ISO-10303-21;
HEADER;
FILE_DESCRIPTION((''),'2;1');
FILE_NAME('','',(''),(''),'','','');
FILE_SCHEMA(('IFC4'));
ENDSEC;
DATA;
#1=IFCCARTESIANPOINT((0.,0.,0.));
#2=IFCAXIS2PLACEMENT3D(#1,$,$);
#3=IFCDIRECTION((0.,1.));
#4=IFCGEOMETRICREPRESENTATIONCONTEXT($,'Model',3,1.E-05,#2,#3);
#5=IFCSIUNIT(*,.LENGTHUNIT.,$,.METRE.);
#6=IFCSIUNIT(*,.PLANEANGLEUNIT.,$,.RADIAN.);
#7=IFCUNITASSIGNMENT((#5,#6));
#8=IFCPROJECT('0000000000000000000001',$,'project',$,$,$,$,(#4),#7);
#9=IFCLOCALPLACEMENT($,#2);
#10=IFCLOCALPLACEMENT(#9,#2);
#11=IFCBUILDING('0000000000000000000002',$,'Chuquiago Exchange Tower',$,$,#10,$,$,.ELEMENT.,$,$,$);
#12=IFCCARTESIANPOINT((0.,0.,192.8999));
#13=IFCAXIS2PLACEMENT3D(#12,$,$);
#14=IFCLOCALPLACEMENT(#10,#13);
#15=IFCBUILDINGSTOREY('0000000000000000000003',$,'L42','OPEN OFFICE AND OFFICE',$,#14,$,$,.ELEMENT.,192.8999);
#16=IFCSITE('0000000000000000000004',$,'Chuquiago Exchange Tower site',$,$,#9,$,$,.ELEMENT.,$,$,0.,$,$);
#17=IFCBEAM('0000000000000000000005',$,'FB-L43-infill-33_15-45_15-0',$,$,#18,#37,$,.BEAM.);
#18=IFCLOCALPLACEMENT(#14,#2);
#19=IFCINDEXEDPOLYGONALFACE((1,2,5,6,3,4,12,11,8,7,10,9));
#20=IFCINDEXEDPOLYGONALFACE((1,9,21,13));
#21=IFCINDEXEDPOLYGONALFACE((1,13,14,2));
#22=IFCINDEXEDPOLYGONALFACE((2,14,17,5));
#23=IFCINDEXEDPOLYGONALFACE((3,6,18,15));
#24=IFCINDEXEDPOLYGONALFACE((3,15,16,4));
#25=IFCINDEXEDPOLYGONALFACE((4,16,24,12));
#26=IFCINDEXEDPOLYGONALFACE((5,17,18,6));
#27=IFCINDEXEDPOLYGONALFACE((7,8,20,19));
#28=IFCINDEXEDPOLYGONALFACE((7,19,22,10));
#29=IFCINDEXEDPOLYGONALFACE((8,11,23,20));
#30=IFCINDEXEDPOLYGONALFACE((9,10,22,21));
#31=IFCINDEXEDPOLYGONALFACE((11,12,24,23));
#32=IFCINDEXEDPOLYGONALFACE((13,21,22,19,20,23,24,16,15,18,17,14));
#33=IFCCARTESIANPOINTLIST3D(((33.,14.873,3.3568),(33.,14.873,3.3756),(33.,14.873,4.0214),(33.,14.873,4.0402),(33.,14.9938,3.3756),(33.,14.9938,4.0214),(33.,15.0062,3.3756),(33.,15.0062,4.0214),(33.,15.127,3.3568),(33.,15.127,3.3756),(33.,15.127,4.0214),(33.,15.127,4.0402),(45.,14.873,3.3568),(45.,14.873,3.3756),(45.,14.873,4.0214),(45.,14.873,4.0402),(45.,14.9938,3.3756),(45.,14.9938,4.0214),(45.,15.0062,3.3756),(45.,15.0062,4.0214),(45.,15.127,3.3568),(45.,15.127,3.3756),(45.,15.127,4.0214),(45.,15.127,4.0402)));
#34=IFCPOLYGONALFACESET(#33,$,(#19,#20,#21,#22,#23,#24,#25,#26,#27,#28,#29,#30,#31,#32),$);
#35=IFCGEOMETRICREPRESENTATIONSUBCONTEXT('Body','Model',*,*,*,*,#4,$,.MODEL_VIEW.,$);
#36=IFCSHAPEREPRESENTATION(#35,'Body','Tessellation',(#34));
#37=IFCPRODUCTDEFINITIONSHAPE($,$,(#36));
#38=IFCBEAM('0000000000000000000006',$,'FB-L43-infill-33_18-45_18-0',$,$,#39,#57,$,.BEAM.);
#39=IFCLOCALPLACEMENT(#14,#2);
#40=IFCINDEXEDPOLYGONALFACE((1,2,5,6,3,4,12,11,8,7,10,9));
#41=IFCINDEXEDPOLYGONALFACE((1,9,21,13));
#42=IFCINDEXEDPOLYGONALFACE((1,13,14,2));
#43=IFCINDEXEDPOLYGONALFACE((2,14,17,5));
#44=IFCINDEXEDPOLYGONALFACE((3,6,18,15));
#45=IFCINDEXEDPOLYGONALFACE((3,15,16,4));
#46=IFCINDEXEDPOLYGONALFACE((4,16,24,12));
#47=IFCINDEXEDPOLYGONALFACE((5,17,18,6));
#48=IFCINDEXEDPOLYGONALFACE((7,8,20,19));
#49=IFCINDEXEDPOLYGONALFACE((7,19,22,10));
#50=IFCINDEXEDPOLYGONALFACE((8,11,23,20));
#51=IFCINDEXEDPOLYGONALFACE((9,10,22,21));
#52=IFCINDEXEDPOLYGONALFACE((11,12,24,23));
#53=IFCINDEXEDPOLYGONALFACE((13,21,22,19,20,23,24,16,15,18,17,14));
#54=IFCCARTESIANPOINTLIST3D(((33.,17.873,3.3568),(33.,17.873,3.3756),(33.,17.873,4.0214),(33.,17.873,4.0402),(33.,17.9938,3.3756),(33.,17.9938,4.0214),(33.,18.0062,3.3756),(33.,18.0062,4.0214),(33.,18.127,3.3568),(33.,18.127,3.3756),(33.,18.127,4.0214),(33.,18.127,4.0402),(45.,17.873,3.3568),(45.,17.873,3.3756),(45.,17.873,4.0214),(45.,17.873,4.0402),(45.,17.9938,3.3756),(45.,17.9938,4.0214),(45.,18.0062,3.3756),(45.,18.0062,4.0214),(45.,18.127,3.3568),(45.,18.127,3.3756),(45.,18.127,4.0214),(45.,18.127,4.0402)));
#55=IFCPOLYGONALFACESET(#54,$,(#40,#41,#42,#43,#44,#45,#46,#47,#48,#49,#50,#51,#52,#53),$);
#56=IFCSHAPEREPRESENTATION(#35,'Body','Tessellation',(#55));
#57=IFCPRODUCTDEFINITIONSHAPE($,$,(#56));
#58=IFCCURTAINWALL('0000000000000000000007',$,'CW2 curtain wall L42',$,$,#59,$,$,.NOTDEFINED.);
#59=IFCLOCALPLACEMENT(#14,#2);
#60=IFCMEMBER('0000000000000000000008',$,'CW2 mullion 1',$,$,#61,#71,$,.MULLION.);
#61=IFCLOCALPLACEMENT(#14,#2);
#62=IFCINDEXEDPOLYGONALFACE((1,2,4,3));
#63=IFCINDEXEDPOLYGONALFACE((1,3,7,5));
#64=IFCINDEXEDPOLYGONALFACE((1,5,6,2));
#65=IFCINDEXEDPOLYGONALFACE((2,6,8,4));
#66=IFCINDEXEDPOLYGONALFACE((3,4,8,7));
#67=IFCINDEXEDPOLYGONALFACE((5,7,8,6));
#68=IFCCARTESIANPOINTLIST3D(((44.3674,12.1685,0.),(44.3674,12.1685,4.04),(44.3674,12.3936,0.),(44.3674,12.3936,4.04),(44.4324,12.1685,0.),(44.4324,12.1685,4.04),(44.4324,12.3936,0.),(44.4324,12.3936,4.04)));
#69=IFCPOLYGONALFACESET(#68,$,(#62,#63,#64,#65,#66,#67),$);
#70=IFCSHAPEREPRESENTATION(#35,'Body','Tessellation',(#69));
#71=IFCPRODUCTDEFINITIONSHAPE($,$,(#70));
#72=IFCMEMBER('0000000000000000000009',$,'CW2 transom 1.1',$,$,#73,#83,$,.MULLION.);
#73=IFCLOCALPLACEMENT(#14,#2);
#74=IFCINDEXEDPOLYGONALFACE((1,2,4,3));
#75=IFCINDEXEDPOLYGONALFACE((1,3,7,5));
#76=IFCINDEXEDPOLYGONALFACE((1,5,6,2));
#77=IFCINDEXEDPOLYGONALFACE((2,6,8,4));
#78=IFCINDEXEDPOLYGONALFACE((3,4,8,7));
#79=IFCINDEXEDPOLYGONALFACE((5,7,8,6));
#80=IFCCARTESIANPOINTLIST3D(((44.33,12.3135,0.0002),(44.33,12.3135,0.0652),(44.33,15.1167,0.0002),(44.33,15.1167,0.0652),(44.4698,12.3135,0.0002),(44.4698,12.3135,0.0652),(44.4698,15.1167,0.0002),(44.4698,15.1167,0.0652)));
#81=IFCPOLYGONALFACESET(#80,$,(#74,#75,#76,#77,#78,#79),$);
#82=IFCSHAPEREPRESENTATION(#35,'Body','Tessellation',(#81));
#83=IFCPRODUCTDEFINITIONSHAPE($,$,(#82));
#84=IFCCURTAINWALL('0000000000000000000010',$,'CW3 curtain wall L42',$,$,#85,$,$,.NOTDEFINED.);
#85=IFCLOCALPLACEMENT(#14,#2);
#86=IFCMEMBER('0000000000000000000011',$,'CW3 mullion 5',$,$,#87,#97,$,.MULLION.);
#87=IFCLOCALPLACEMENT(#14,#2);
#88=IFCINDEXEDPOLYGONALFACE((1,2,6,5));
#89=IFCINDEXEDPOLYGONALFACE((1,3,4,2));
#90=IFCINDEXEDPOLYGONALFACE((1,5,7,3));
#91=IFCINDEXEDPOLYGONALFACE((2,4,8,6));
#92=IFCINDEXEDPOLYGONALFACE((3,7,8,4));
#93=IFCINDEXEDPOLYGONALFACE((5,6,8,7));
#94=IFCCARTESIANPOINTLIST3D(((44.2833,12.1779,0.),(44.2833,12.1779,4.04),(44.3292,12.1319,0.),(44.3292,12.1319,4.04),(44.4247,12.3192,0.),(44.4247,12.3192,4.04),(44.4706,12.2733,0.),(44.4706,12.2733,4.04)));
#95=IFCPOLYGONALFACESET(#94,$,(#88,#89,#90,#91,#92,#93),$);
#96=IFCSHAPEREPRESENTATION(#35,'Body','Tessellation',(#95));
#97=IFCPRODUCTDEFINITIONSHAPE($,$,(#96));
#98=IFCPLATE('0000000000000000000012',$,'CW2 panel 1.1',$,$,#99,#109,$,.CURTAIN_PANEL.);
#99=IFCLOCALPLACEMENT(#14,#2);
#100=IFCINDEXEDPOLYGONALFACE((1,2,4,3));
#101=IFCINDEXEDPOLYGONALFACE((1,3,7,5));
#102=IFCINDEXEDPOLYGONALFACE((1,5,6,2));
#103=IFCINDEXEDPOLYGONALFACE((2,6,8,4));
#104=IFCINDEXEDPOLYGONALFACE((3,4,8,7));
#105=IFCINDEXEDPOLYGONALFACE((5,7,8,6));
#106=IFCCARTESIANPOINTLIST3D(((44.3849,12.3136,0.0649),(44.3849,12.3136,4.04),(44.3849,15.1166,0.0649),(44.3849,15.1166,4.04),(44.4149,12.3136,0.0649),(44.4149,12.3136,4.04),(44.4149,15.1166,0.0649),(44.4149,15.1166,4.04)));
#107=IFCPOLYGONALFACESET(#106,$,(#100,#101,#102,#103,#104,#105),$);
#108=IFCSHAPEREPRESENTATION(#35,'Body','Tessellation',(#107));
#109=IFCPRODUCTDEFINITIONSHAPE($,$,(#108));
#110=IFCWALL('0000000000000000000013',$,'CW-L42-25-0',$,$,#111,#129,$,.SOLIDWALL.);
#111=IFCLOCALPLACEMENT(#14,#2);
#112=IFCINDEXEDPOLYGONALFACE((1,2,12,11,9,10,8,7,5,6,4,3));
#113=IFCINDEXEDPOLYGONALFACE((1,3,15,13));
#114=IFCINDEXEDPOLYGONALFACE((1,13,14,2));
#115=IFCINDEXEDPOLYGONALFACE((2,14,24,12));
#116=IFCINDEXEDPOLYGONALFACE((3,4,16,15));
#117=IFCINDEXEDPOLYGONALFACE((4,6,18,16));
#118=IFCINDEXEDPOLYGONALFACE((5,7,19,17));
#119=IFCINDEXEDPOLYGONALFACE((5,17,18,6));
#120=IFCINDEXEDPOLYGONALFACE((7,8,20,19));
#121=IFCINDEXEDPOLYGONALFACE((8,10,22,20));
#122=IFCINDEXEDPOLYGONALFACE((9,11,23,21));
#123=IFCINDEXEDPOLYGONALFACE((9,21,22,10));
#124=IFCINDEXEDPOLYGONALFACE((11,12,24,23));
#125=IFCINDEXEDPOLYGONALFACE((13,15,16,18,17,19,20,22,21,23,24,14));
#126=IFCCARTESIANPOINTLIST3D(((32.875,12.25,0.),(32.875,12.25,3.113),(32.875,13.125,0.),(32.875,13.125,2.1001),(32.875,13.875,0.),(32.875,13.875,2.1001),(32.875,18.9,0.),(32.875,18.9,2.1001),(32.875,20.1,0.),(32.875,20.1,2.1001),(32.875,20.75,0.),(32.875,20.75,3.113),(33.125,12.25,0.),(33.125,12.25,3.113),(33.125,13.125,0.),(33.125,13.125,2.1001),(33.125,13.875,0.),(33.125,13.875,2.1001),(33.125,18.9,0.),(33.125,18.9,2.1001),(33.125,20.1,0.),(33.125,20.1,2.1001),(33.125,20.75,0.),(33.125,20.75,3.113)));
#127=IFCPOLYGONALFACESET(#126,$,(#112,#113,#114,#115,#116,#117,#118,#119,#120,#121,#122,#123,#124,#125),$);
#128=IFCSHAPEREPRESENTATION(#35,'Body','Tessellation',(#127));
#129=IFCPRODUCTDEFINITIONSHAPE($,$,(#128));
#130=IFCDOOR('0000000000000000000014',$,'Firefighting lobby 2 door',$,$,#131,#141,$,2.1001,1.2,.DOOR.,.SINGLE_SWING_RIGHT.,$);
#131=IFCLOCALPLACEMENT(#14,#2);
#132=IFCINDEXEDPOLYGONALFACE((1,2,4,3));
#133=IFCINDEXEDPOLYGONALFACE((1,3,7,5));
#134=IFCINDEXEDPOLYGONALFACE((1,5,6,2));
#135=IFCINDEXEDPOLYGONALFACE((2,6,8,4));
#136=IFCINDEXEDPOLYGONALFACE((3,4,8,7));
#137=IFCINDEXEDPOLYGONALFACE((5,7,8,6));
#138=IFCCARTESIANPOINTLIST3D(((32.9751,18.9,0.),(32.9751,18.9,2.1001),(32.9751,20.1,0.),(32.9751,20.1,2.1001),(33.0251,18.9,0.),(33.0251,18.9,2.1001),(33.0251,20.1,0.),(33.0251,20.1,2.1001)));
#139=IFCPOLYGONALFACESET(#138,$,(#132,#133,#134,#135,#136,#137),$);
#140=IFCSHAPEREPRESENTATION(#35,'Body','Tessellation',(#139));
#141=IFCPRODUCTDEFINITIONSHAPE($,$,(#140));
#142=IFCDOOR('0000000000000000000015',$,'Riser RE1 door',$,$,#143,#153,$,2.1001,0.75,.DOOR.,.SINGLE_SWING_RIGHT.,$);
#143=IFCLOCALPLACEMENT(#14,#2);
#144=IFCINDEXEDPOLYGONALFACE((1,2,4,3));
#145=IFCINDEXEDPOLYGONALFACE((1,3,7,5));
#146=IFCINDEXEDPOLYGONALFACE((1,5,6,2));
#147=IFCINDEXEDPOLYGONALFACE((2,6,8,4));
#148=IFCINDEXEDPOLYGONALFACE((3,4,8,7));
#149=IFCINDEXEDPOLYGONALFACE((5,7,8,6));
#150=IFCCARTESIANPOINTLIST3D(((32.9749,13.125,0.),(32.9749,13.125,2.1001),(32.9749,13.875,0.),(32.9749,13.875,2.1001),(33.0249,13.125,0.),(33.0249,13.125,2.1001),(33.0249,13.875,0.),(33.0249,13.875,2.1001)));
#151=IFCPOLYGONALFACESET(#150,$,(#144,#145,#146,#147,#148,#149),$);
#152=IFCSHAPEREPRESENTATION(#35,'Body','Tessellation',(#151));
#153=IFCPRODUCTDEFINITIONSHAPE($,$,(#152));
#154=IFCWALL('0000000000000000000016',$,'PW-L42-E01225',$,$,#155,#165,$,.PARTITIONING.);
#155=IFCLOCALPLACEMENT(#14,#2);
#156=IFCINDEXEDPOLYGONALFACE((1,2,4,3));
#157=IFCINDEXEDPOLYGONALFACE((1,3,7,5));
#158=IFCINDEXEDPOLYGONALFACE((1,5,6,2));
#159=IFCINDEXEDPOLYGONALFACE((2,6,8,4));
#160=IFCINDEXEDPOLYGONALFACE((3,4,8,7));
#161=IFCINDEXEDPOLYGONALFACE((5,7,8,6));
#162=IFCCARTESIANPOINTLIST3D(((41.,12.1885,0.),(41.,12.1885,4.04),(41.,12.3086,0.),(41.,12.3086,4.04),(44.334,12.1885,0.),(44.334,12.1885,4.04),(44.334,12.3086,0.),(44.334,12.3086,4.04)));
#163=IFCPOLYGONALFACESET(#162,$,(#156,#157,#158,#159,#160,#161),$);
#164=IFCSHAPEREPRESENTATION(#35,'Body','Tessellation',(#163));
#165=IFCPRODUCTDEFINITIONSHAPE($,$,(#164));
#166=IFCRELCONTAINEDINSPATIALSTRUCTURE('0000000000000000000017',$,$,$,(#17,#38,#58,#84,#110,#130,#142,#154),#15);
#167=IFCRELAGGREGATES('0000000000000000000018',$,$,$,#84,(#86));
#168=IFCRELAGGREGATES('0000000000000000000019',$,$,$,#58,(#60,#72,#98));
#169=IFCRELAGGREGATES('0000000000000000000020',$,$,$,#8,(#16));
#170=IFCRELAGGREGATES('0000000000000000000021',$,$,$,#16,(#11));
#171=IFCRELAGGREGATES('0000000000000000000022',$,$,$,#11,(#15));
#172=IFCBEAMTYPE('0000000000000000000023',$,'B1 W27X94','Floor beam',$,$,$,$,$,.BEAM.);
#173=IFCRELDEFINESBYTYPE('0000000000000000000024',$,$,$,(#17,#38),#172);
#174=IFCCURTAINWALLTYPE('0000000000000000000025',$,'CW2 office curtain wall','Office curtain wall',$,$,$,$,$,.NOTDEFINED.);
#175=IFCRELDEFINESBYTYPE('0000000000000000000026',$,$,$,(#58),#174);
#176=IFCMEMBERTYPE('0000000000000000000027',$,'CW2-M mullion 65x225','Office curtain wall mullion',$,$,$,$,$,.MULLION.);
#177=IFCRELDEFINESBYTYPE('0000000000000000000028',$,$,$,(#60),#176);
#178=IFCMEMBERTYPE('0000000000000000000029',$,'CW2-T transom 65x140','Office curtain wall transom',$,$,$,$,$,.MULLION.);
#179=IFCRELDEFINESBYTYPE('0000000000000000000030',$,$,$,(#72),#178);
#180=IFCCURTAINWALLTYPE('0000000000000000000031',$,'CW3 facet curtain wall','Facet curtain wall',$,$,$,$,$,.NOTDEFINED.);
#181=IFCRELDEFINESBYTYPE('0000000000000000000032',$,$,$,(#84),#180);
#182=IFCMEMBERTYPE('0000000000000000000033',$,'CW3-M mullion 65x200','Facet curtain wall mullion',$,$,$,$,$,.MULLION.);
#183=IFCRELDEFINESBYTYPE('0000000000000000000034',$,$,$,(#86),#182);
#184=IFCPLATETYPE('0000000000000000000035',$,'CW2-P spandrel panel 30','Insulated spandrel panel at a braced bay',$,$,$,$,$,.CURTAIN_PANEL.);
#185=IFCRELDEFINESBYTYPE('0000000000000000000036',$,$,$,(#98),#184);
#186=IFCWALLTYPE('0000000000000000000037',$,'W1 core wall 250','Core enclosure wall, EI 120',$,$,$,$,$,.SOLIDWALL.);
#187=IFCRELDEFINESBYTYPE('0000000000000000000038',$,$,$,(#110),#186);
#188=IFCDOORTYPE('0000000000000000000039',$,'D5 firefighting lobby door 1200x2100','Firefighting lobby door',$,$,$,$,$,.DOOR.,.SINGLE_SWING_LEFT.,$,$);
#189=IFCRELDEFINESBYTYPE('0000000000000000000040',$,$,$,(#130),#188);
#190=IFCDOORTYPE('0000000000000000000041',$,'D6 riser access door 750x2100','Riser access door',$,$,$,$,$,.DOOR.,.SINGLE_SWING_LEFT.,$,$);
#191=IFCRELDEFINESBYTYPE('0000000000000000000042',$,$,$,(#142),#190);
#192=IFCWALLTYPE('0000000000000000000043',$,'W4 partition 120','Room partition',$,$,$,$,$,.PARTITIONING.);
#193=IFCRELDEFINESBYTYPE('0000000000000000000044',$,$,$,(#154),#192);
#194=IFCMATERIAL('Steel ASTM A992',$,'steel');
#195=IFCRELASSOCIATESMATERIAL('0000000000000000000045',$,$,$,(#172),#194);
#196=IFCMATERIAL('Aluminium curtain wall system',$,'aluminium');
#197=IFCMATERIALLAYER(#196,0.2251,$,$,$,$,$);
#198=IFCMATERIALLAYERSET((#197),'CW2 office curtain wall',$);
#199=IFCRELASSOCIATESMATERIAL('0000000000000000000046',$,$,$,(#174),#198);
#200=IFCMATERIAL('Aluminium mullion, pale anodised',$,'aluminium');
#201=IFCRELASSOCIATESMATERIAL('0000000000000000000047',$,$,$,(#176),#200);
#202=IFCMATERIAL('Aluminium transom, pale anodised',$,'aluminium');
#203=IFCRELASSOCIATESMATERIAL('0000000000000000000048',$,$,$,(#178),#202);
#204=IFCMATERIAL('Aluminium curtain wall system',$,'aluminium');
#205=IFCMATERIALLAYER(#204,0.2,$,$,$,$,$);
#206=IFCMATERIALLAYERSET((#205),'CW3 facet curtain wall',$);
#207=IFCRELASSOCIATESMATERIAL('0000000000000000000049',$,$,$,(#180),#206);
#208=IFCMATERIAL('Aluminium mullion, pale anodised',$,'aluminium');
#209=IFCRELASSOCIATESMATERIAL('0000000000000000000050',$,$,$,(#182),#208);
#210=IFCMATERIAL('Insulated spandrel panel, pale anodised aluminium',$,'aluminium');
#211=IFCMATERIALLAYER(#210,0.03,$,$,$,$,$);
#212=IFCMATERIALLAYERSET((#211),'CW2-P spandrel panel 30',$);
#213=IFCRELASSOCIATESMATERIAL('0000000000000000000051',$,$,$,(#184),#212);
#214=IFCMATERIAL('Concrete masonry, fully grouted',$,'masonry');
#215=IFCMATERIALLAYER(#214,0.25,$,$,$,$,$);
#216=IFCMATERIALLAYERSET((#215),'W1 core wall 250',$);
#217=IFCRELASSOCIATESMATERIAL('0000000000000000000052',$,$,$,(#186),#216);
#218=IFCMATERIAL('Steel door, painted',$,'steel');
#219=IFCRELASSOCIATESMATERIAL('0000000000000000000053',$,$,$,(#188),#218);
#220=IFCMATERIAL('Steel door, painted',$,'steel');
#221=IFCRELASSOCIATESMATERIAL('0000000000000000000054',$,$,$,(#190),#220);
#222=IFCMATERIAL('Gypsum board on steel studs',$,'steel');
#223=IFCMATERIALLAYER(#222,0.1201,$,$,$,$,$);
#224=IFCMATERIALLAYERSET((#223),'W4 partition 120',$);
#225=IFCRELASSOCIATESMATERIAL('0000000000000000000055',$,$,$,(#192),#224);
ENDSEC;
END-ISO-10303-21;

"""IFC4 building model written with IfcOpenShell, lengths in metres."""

from ifc_helpers import new_model, si_unit, direction, frame, frame_2d, origin, origin_2d, place, context, subcontext, project, spatial, rectangle, i_section, extrude, material, layer, layer_set, material_profile, profile_set, type_object, element, fill, aggregate, save


model = new_model("IFC4")

# Units and contexts
model_context = context("Model", 3, precision=1e-05, world=origin(), true_north=direction((0.0, 1.0)))
body_context = subcontext(model_context, "Body", "Model", "MODEL_VIEW")
ifc_project = project(units=[si_unit("LENGTHUNIT", "METRE"), si_unit("PLANEANGLEUNIT", "RADIAN")], contexts=[model_context])

# Site, building, storey
site_placement = place(None, origin())
site = spatial("IfcSite", under=ifc_project, at=site_placement, Name="Chuquiago Exchange Tower site", CompositionType="ELEMENT", RefElevation=0.0)
building_placement = place(site_placement, origin())
building = spatial("IfcBuilding", under=site, at=building_placement, Name="Chuquiago Exchange Tower", CompositionType="ELEMENT")
storey_placement = place(building_placement, frame((0.0, 0.0, 192.8999)))
storey = spatial("IfcBuildingStorey", under=building, at=storey_placement, Name="L42", Description="OPEN OFFICE AND OFFICE", CompositionType="ELEMENT", Elevation=192.8999)

# Beams
ifc_material_1 = material(Name="Steel ASTM A992", Category="steel")
ifc_material_profile_1 = material_profile(ifc_material_1, i_section(OverallWidth=0.2539, OverallDepth=0.6833, WebThickness=0.0125, FlangeThickness=0.0188, at=origin_2d()), Name="W27X94")
ifc_profile_set_1 = profile_set([ifc_material_profile_1], Name="Steel ASTM A992")
beam_type = type_object("IfcBeamType", Name="B1 W27X94", Description="Floor beam", PredefinedType="BEAM", material=ifc_profile_set_1)
for number, where, z_axis, x_axis, name in (
    (1, (33.0, 15.0, 3.6985), (1.0, 0.0, 0.0), (0.0, 1.0, 0.0), "FB-L43-infill-33_15-45_15-0"),
    (2, (33.0, 18.0, 3.6985), (1.0, 0.0, 0.0), (0.0, 1.0, 0.0), "FB-L43-infill-33_18-45_18-0"),
):
    element("IfcBeam", number, at=place(storey_placement, frame(where, z_axis=z_axis, x_axis=x_axis)), inside=storey, type_object=beam_type, Name=name, PredefinedType="BEAM", context=body_context, shape_type="SweptSolid", body=[
        extrude(i_section(OverallWidth=0.2539, OverallDepth=0.6833, WebThickness=0.0125, FlangeThickness=0.0188, at=origin_2d()), origin(), (0.0, 0.0, 1.0), 12.0),
    ])

# Curtain wall, members
ifc_material_2 = material(Name="Aluminium curtain wall system", Category="aluminium")
ifc_layer_1 = layer(ifc_material_2, 0.2251)
ifc_layer_set_1 = layer_set([ifc_layer_1], Name="CW2 office curtain wall")
curtain_wall_type_1 = type_object("IfcCurtainWallType", Name="CW2 office curtain wall", Description="Office curtain wall", PredefinedType="NOTDEFINED", material=ifc_layer_set_1)
curtain_wall_1_placement = place(storey_placement, origin())
curtain_wall_1 = element("IfcCurtainWall", 3, at=curtain_wall_1_placement, inside=storey, type_object=curtain_wall_type_1, Name="CW2 curtain wall L42", PredefinedType="NOTDEFINED")
ifc_material_3 = material(Name="Aluminium mullion, pale anodised", Category="aluminium")
ifc_material_profile_2 = material_profile(ifc_material_3, rectangle(XDim=0.0649, YDim=0.2251, at=origin_2d()), Name="AL 65x225")
ifc_profile_set_2 = profile_set([ifc_material_profile_2], Name="Aluminium mullion, pale anodised")
member_type_1 = type_object("IfcMemberType", Name="CW2-M mullion 65x225", Description="Office curtain wall mullion", PredefinedType="MULLION", material=ifc_profile_set_2)
member_1_placement = place(storey_placement, frame((44.3999, 12.281, 0.0), z_axis=(0.0, 0.0, 1.0), x_axis=(-1.0, 0.0, 0.0)))
member_1 = element("IfcMember", 4, at=member_1_placement, type_object=member_type_1, Name="CW2 mullion 1", PredefinedType="MULLION", context=body_context, shape_type="SweptSolid", body=[
    extrude(rectangle(XDim=0.0649, YDim=0.2251, at=origin_2d()), origin(), (0.0, 0.0, 1.0), 4.04),
])
ifc_material_4 = material(Name="Aluminium transom, pale anodised", Category="aluminium")
ifc_material_profile_3 = material_profile(ifc_material_4, rectangle(XDim=0.1399, YDim=0.0649, at=origin_2d()), Name="AL 140x65")
ifc_profile_set_3 = profile_set([ifc_material_profile_3], Name="Aluminium transom, pale anodised")
member_type_2 = type_object("IfcMemberType", Name="CW2-T transom 65x140", Description="Office curtain wall transom", PredefinedType="MULLION", material=ifc_profile_set_3)
member_2_placement = place(storey_placement, frame((44.3999, 12.3135, 0.0327), z_axis=(0.0, 1.0, 0.0), x_axis=(-1.0, 0.0, 0.0)))
member_2 = element("IfcMember", 5, at=member_2_placement, type_object=member_type_2, Name="CW2 transom 1.1", PredefinedType="MULLION", context=body_context, shape_type="SweptSolid", body=[
    extrude(rectangle(XDim=0.1399, YDim=0.0649, at=origin_2d()), origin(), (0.0, 0.0, 1.0), 2.8032),
])

# Curtain wall, member
ifc_material_5 = material(Name="Aluminium curtain wall system", Category="aluminium")
ifc_layer_2 = layer(ifc_material_5, 0.2)
ifc_layer_set_2 = layer_set([ifc_layer_2], Name="CW3 facet curtain wall")
curtain_wall_type_2 = type_object("IfcCurtainWallType", Name="CW3 facet curtain wall", Description="Facet curtain wall", PredefinedType="NOTDEFINED", material=ifc_layer_set_2)
curtain_wall_2_placement = place(storey_placement, origin())
curtain_wall_2 = element("IfcCurtainWall", 6, at=curtain_wall_2_placement, inside=storey, type_object=curtain_wall_type_2, Name="CW3 curtain wall L42", PredefinedType="NOTDEFINED")
ifc_material_6 = material(Name="Aluminium mullion, pale anodised", Category="aluminium")
ifc_material_profile_4 = material_profile(ifc_material_6, rectangle(XDim=0.0649, YDim=0.2, at=origin_2d()), Name="AL 65x200")
ifc_profile_set_4 = profile_set([ifc_material_profile_4], Name="Aluminium mullion, pale anodised")
member_type_3 = type_object("IfcMemberType", Name="CW3-M mullion 65x200", Description="Facet curtain wall mullion", PredefinedType="MULLION", material=ifc_profile_set_4)
member_3_placement = place(storey_placement, frame((44.377, 12.2256, 0.0), z_axis=(0.0, 0.0, 1.0), x_axis=(-0.707107, 0.707107, 0.0)))
member_3 = element("IfcMember", 7, at=member_3_placement, type_object=member_type_3, Name="CW3 mullion 5", PredefinedType="MULLION", context=body_context, shape_type="SweptSolid", body=[
    extrude(rectangle(XDim=0.0649, YDim=0.2, at=origin_2d()), origin(), (0.0, 0.0, 1.0), 4.04),
])
aggregate(curtain_wall_2, [member_3])

# Plate
ifc_material_7 = material(Name="Insulated spandrel panel, pale anodised aluminium", Category="aluminium")
ifc_layer_3 = layer(ifc_material_7, 0.03)
ifc_layer_set_3 = layer_set([ifc_layer_3], Name="CW2-P spandrel panel 30")
plate_type = type_object("IfcPlateType", Name="CW2-P spandrel panel 30", Description="Insulated spandrel panel at a braced bay", PredefinedType="CURTAIN_PANEL", material=ifc_layer_set_3)
plate_placement = place(storey_placement, frame((44.3999, 13.7151, 0.0649), z_axis=(0.0, 0.0, 1.0), x_axis=(0.0, 1.0, 0.0)))
plate = element("IfcPlate", 8, at=plate_placement, type_object=plate_type, Name="CW2 panel 1.1", PredefinedType="CURTAIN_PANEL", context=body_context, shape_type="SweptSolid", body=[
    extrude(rectangle(XDim=2.803, YDim=0.03, at=origin_2d()), origin(), (0.0, 0.0, 1.0), 3.9751),
])
aggregate(curtain_wall_1, [member_1, member_2, plate])

# Wall, openings, doors
ifc_material_8 = material(Name="Concrete masonry, fully grouted", Category="masonry")
ifc_layer_4 = layer(ifc_material_8, 0.25)
ifc_layer_set_4 = layer_set([ifc_layer_4], Name="W1 core wall 250")
wall_type_1 = type_object("IfcWallType", Name="W1 core wall 250", Description="Core enclosure wall, EI 120", PredefinedType="SOLIDWALL", material=ifc_layer_set_4)
wall_1_placement = place(storey_placement, frame((33.0, 12.25, 0.0), z_axis=(0.0, 0.0, 1.0), x_axis=(0.0, 1.0, 0.0)))
wall_1 = element("IfcWall", 9, at=wall_1_placement, inside=storey, type_object=wall_type_1, Name="CW-L42-25-0", PredefinedType="SOLIDWALL", context=body_context, shape_type="SweptSolid", body=[
    extrude(rectangle(XDim=8.5, YDim=0.25, at=frame_2d((4.25, 0.0))), origin(), (0.0, 0.0, 1.0), 3.113),
])
opening_1_placement = place(wall_1_placement, frame((6.6499, 0.0, 0.0)))
opening_1 = element("IfcOpeningElement", 10, at=opening_1_placement, cuts=wall_1, PredefinedType="OPENING", context=body_context, shape_type="SweptSolid", body=[
    extrude(rectangle(XDim=1.2, YDim=2.1001, at=frame_2d((0.6001, 1.05))), frame((0.0, 0.135, 0.0), z_axis=(0.0, -1.0, 0.0), x_axis=(1.0, 0.0, 0.0)), (0.0, 0.0, 1.0), 0.27),
])
opening_2_placement = place(wall_1_placement, frame((0.875, 0.0, 0.0)))
opening_2 = element("IfcOpeningElement", 11, at=opening_2_placement, cuts=wall_1, PredefinedType="OPENING", context=body_context, shape_type="SweptSolid", body=[
    extrude(rectangle(XDim=0.75, YDim=2.1001, at=frame_2d((0.375, 1.05))), frame((0.0, 0.135, 0.0), z_axis=(0.0, -1.0, 0.0), x_axis=(1.0, 0.0, 0.0)), (0.0, 0.0, 1.0), 0.27),
])
ifc_material_9 = material(Name="Steel door, painted", Category="steel")
door_type_1 = type_object("IfcDoorType", Name="D5 firefighting lobby door 1200x2100", Description="Firefighting lobby door", OperationType="SINGLE_SWING_LEFT", PredefinedType="DOOR", material=ifc_material_9)
door_1_placement = place(opening_1_placement, origin())
door_1 = element("IfcDoor", 12, at=door_1_placement, inside=storey, type_object=door_type_1, Name="Firefighting lobby 2 door", OperationType="SINGLE_SWING_RIGHT", OverallHeight=2.1001, OverallWidth=1.2, PredefinedType="DOOR", context=body_context, shape_type="SweptSolid", body=[
    extrude(rectangle(XDim=1.2, YDim=2.1001, at=frame_2d((0.6001, 1.05))), frame((0.0, 0.0249, 0.0), z_axis=(0.0, -1.0, 0.0), x_axis=(1.0, 0.0, 0.0)), (0.0, 0.0, 1.0), 0.05),
])
fill(opening_1, door_1)
ifc_material_10 = material(Name="Steel door, painted", Category="steel")
door_type_2 = type_object("IfcDoorType", Name="D6 riser access door 750x2100", Description="Riser access door", OperationType="SINGLE_SWING_LEFT", PredefinedType="DOOR", material=ifc_material_10)
door_2_placement = place(opening_2_placement, frame((0.75, 0.0, 0.0), z_axis=(0.0, 0.0, 1.0), x_axis=(-1.0, 0.0, 0.0)))
door_2 = element("IfcDoor", 13, at=door_2_placement, inside=storey, type_object=door_type_2, Name="Riser RE1 door", OperationType="SINGLE_SWING_RIGHT", OverallHeight=2.1001, OverallWidth=0.75, PredefinedType="DOOR", context=body_context, shape_type="SweptSolid", body=[
    extrude(rectangle(XDim=0.75, YDim=2.1001, at=frame_2d((0.375, 1.05))), frame((0.0, 0.0249, 0.0), z_axis=(0.0, -1.0, 0.0), x_axis=(1.0, 0.0, 0.0)), (0.0, 0.0, 1.0), 0.05),
])
fill(opening_2, door_2)

# Wall
ifc_material_11 = material(Name="Gypsum board on steel studs", Category="steel")
ifc_layer_5 = layer(ifc_material_11, 0.1201)
ifc_layer_set_5 = layer_set([ifc_layer_5], Name="W4 partition 120")
wall_type_2 = type_object("IfcWallType", Name="W4 partition 120", Description="Room partition", PredefinedType="PARTITIONING", material=ifc_layer_set_5)
wall_2_placement = place(storey_placement, frame((44.334, 12.2485, 0.0), z_axis=(0.0, 0.0, 1.0), x_axis=(-1.0, 0.0, 0.0)))
element("IfcWall", 14, at=wall_2_placement, inside=storey, type_object=wall_type_2, Name="PW-L42-E01225", PredefinedType="PARTITIONING", context=body_context, shape_type="SweptSolid", body=[
    extrude(rectangle(XDim=3.334, YDim=0.1201, at=frame_2d((1.667, 0.0))), origin(), (0.0, 0.0, 1.0), 4.04),
])

save(model, "model.ifc")
